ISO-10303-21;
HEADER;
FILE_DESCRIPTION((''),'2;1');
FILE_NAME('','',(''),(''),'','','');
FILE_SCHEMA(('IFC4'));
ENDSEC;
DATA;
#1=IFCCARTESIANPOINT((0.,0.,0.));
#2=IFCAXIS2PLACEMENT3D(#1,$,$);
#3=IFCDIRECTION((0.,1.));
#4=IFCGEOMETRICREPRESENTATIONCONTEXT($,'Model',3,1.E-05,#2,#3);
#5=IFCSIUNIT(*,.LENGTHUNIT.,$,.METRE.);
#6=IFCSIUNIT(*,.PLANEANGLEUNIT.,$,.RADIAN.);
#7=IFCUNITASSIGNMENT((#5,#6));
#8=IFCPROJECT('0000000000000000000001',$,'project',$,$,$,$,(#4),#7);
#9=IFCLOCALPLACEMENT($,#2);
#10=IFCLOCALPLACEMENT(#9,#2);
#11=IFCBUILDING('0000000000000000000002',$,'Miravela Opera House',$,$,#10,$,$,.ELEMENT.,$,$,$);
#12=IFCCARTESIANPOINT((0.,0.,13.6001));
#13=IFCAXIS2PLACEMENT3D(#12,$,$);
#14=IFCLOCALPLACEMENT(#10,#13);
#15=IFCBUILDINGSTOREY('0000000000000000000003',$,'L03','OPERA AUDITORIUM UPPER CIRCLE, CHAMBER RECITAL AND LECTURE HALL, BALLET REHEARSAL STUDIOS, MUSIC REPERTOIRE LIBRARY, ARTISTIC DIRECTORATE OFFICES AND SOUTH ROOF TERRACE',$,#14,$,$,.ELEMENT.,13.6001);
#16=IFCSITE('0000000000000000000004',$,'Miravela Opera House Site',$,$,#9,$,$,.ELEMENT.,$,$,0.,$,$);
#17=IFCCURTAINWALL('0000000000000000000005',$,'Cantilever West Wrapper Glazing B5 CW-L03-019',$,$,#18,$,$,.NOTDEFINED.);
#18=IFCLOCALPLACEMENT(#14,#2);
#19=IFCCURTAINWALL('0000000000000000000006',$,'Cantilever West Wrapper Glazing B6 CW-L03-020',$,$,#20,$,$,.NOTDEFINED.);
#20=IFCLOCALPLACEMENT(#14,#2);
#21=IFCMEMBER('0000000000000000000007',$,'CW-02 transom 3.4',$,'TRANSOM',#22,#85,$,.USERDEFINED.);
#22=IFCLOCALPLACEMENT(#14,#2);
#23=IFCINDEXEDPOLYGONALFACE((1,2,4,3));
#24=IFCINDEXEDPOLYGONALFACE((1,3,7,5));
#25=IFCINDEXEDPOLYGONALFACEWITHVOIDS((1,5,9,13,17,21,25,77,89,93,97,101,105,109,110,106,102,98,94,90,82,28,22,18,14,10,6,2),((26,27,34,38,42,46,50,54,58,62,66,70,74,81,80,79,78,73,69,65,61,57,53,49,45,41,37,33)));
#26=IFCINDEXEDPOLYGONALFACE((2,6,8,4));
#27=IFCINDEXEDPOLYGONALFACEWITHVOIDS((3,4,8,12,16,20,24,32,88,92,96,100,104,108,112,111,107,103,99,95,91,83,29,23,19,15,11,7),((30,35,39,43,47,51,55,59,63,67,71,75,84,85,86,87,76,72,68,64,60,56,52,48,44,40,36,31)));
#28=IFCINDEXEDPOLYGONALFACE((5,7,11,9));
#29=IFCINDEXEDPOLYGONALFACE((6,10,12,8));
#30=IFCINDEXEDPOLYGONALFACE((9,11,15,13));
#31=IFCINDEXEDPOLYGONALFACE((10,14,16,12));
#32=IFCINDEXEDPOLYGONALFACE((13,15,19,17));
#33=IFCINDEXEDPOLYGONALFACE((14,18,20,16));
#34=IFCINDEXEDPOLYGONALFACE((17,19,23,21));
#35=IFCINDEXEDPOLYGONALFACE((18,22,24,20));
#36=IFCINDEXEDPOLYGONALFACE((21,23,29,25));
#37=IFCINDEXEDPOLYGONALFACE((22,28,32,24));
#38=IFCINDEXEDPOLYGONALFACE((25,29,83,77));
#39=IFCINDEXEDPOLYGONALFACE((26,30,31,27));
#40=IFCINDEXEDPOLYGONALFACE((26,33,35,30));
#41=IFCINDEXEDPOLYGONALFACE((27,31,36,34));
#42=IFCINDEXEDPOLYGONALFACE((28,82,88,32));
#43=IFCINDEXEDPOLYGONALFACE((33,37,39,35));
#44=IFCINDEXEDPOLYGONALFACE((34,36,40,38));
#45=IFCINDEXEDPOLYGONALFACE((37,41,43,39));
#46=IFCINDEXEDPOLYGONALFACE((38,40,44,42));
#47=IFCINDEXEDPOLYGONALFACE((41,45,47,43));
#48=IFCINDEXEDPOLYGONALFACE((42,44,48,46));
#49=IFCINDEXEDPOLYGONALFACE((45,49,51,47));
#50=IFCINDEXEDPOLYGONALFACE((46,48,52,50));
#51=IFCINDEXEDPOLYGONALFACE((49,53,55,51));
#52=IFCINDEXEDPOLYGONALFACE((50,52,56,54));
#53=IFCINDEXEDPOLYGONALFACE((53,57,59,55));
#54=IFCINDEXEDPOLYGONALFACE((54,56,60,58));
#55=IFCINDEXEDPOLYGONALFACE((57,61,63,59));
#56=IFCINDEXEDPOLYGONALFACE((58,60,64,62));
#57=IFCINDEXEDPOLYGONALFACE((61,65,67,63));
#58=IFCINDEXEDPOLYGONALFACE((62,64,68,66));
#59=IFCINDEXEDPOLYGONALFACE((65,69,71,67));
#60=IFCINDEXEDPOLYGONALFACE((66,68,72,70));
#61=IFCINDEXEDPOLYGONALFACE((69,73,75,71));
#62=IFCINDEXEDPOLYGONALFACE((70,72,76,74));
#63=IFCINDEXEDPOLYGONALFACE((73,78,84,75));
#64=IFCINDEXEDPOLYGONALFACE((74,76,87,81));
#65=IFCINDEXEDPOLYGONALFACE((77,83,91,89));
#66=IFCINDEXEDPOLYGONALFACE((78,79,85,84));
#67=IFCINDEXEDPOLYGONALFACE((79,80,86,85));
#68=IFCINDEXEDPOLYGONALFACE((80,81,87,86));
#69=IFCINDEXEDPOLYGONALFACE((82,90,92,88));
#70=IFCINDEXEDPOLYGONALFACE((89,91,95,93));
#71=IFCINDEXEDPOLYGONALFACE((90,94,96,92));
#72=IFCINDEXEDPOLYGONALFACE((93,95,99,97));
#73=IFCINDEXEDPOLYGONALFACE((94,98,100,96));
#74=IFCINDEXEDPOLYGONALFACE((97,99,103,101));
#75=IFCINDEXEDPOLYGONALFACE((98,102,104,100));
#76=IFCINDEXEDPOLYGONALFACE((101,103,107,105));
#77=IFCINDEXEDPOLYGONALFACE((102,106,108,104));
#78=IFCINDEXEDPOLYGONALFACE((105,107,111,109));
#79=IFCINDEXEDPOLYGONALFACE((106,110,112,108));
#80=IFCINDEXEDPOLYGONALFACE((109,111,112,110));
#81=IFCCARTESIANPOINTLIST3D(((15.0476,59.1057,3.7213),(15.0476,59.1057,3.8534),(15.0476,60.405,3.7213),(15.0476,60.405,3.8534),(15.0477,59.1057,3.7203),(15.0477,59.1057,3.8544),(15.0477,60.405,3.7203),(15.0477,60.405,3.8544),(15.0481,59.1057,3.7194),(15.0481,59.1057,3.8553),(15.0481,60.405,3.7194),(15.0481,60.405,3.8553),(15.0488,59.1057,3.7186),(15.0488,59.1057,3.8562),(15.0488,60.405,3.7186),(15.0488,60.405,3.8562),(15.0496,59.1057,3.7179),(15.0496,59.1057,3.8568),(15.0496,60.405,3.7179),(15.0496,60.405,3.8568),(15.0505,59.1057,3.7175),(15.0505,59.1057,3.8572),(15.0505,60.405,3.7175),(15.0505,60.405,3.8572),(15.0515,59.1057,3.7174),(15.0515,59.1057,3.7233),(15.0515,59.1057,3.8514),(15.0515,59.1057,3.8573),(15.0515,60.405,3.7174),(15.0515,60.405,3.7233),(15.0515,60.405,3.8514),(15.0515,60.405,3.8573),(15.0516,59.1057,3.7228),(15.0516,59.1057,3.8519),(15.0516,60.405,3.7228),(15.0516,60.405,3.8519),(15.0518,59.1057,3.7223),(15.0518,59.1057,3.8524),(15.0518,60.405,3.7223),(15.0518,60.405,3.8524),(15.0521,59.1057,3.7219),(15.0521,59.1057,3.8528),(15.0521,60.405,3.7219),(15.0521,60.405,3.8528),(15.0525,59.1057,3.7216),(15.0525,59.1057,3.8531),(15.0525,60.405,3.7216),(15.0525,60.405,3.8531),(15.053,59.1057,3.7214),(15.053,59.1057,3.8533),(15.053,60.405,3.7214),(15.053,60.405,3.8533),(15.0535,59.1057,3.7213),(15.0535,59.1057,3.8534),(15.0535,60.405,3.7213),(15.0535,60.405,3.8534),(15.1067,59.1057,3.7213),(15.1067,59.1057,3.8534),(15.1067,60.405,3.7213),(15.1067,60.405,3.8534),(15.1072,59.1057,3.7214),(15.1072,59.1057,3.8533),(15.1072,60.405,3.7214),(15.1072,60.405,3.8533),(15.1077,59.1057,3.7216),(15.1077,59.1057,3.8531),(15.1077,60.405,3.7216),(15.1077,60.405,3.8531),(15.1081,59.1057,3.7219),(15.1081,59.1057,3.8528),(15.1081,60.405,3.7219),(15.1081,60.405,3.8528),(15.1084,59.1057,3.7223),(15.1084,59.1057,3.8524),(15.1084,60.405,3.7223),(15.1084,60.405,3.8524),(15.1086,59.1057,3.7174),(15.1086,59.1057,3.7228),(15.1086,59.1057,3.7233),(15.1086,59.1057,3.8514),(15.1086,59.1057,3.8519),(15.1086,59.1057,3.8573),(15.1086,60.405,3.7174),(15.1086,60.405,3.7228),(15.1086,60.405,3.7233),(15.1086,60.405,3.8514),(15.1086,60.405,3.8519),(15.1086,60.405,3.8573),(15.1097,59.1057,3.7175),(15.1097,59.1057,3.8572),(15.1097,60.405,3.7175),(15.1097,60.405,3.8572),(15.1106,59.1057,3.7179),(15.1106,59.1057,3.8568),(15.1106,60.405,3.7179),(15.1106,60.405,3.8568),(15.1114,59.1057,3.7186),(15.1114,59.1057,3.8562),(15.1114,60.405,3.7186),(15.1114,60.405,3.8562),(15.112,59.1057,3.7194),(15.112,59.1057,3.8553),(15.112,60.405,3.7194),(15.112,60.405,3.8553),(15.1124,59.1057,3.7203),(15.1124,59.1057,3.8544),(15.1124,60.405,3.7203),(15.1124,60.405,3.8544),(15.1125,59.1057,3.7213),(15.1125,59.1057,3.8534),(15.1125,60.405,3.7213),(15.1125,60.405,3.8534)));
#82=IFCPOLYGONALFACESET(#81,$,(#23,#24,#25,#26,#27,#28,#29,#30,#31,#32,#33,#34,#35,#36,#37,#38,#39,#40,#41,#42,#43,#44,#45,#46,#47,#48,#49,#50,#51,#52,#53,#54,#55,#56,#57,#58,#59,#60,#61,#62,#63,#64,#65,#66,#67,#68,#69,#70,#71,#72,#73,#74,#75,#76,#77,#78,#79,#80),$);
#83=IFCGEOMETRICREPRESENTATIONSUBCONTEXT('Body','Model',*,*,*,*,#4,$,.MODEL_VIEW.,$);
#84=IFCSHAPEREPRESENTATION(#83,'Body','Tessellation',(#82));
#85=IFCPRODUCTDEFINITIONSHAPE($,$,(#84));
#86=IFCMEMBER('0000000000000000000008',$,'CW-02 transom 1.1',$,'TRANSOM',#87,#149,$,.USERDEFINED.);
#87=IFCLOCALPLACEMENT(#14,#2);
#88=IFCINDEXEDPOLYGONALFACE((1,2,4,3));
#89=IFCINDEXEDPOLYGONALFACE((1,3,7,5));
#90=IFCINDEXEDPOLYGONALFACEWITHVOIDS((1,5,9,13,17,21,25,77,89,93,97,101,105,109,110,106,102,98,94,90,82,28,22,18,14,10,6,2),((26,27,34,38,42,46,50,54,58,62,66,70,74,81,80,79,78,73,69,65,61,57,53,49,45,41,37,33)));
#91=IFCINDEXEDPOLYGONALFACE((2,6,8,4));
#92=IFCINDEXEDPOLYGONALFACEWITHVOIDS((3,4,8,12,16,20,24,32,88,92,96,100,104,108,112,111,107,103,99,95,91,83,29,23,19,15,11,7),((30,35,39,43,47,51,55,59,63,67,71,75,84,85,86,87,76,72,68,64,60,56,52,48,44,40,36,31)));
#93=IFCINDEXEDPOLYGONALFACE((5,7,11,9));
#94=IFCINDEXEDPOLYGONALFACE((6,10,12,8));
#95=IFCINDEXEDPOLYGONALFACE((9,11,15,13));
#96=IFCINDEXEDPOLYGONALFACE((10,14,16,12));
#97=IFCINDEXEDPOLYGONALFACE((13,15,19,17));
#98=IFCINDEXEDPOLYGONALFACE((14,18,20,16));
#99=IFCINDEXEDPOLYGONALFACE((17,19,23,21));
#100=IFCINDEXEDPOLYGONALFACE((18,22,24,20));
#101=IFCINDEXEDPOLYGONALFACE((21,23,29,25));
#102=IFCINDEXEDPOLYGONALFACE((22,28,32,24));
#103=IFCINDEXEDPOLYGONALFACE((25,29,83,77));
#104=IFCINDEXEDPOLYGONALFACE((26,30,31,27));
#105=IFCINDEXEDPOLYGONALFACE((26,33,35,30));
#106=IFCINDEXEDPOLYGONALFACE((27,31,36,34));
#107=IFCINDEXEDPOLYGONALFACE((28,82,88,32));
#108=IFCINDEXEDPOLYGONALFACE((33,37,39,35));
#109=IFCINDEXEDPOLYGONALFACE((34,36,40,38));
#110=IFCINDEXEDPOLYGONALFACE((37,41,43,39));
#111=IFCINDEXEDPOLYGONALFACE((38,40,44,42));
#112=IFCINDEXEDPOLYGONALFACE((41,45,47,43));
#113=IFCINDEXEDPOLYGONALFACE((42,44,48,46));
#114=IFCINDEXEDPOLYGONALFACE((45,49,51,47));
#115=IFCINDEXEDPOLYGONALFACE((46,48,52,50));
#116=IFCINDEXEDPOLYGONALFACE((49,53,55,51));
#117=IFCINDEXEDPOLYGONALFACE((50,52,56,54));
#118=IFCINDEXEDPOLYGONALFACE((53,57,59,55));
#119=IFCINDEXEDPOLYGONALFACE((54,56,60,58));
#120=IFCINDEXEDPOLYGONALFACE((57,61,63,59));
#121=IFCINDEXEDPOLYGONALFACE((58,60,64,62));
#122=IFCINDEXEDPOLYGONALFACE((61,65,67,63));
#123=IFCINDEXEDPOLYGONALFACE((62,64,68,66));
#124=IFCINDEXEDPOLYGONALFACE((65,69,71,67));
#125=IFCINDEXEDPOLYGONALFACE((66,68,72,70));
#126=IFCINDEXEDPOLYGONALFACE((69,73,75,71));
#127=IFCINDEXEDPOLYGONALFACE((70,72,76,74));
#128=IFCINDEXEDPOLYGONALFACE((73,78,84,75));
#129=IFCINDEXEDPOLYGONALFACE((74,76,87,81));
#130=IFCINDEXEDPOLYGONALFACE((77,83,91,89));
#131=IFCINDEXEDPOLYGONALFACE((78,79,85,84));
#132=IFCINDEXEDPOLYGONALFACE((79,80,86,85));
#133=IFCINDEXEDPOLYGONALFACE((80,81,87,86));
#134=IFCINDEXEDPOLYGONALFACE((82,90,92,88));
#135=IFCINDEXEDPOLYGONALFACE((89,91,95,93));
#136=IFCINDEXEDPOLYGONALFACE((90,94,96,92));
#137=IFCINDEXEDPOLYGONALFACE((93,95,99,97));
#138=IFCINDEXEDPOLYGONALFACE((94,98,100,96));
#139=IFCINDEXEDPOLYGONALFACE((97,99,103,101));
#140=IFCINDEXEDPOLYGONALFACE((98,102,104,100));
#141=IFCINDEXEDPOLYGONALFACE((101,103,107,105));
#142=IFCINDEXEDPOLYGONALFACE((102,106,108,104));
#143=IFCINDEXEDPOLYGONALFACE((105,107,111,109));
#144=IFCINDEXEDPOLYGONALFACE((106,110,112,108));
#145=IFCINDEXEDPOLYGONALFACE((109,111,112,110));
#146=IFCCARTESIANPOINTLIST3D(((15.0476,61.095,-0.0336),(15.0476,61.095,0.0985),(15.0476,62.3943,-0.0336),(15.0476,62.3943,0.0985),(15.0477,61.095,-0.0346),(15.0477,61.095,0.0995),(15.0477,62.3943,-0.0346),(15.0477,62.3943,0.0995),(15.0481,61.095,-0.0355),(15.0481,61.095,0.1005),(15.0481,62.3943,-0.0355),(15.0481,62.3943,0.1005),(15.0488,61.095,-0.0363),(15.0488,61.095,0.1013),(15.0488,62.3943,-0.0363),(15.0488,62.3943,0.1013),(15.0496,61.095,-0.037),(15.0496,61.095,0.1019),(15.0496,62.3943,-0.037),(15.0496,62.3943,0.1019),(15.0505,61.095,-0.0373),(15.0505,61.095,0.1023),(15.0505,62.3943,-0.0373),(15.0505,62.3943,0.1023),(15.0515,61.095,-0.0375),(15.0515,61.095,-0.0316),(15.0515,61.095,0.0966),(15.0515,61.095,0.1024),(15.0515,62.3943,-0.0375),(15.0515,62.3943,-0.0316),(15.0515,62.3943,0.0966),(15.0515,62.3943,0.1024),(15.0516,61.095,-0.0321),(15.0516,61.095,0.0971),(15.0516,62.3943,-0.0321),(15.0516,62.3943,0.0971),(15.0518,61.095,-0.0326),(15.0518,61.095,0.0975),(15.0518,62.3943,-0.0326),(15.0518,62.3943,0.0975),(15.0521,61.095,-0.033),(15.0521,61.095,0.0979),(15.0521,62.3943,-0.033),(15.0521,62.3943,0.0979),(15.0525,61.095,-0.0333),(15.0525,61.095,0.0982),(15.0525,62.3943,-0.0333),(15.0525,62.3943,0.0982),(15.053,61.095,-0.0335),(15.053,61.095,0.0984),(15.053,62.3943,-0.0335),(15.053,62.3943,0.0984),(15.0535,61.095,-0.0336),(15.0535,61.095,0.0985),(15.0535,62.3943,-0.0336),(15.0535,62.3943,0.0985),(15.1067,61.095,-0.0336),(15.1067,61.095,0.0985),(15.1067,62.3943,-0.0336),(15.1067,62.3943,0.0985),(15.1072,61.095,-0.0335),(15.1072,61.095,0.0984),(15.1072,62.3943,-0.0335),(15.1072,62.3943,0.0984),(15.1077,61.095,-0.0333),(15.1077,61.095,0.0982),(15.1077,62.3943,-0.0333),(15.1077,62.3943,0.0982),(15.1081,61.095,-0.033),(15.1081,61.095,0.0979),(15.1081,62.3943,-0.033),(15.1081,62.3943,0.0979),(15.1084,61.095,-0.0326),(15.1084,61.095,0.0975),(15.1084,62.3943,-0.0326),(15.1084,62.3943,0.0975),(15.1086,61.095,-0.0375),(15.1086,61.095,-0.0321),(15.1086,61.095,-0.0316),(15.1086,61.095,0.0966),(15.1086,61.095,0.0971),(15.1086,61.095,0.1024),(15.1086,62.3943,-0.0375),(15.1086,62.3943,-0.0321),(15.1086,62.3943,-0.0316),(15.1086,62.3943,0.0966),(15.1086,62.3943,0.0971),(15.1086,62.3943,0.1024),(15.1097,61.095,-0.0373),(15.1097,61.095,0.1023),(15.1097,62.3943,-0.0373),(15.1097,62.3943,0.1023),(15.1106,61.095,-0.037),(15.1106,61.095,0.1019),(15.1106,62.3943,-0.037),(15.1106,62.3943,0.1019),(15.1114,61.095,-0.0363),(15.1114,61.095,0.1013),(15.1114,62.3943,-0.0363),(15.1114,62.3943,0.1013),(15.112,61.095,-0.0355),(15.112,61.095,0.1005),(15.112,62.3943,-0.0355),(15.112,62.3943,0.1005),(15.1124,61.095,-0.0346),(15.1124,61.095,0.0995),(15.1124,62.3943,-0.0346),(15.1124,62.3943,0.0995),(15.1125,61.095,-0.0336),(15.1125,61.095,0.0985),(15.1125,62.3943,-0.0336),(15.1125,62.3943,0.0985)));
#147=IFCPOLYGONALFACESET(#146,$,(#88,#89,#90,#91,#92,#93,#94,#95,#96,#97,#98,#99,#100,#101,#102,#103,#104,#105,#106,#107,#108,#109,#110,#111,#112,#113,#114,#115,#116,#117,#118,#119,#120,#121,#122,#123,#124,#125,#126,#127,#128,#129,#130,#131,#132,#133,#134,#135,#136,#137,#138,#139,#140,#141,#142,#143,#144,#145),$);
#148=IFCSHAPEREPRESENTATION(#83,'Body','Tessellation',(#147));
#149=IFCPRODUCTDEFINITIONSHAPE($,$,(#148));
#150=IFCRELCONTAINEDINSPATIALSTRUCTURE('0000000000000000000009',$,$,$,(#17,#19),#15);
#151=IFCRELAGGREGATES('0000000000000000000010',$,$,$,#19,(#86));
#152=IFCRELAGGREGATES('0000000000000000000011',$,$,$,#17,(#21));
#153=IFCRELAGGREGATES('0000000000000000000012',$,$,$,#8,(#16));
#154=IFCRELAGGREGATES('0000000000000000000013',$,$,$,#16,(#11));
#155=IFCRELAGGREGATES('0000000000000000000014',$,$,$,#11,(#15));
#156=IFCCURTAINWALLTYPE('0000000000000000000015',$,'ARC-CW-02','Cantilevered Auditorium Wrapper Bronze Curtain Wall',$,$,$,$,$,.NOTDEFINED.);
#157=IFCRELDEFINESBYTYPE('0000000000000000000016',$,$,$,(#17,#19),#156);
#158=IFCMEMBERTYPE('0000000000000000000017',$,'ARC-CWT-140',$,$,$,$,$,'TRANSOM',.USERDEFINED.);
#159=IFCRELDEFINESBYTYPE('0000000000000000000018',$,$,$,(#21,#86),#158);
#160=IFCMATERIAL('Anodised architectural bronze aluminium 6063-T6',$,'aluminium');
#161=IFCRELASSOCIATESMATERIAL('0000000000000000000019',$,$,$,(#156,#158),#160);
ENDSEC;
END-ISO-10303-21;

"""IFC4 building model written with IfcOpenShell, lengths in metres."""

from ifc_helpers import new_model, si_unit, direction, frame, origin, origin_2d, place, context, subcontext, project, spatial, hollow_rectangle, extrude, material, material_profile, profile_set, type_object, element, aggregate, save


model = new_model("IFC4")

# Units and contexts
model_context = context("Model", 3, precision=1e-05, world=origin(), true_north=direction((0.0, 1.0)))
body_context = subcontext(model_context, "Body", "Model", "MODEL_VIEW")
ifc_project = project(units=[si_unit("LENGTHUNIT", "METRE"), si_unit("PLANEANGLEUNIT", "RADIAN")], contexts=[model_context])

# Site, building, storey
site_placement = place(None, origin())
site = spatial("IfcSite", under=ifc_project, at=site_placement, Name="Miravela Opera House Site", CompositionType="ELEMENT", RefElevation=0.0)
building_placement = place(site_placement, origin())
building = spatial("IfcBuilding", under=site, at=building_placement, Name="Miravela Opera House", CompositionType="ELEMENT")
storey_placement = place(building_placement, frame((0.0, 0.0, 13.6001)))
storey = spatial("IfcBuildingStorey", under=building, at=storey_placement, Name="L03", Description="OPERA AUDITORIUM UPPER CIRCLE, CHAMBER RECITAL AND LECTURE HALL, BALLET REHEARSAL STUDIOS, MUSIC REPERTOIRE LIBRARY, ARTISTIC DIRECTORATE OFFICES AND SOUTH ROOF TERRACE", CompositionType="ELEMENT", Elevation=13.6001)

# Curtain wall
ifc_material_1 = material(Name="Anodised architectural bronze aluminium 6063-T6", Category="aluminium")
curtain_wall_type = type_object("IfcCurtainWallType", Name="ARC-CW-02", Description="Cantilevered Auditorium Wrapper Bronze Curtain Wall", PredefinedType="NOTDEFINED", material=ifc_material_1)
curtain_wall_1_placement = place(storey_placement, origin())
curtain_wall_1 = element("IfcCurtainWall", 1, at=curtain_wall_1_placement, inside=storey, type_object=curtain_wall_type, Name="Cantilever West Wrapper Glazing B5 CW-L03-019", PredefinedType="NOTDEFINED")

# Curtain wall
curtain_wall_2_placement = place(storey_placement, origin())
curtain_wall_2 = element("IfcCurtainWall", 2, at=curtain_wall_2_placement, inside=storey, type_object=curtain_wall_type, Name="Cantilever West Wrapper Glazing B6 CW-L03-020", PredefinedType="NOTDEFINED")

# Members
ifc_material_profile_1 = material_profile(ifc_material_1, hollow_rectangle(XDim=0.0649, YDim=0.1399, WallThickness=0.0039, InnerFilletRadius=0.002, OuterFilletRadius=0.0039, at=origin_2d()), Name="CWT-65X140")
ifc_profile_set_1 = profile_set([ifc_material_profile_1])
member_type_1 = type_object("IfcMemberType", Name="ARC-CWT-140", ElementType="TRANSOM", PredefinedType="USERDEFINED", material=ifc_profile_set_1)
member_1_placement = place(storey_placement, frame((15.0801, 59.1057, 3.7874), z_axis=(0.0, 1.0, 0.0), x_axis=(-1.0, 0.0, 0.0)))
member_1 = element("IfcMember", 3, at=member_1_placement, type_object=member_type_1, Name="CW-02 transom 3.4", ObjectType="TRANSOM", PredefinedType="USERDEFINED", context=body_context, shape_type="SweptSolid", body=[
    extrude(hollow_rectangle(XDim=0.0649, YDim=0.1399, WallThickness=0.0039, InnerFilletRadius=0.002, OuterFilletRadius=0.0039, at=origin_2d()), origin(), (0.0, 0.0, 1.0), 1.2993),
])
member_2_placement = place(storey_placement, frame((15.0801, 61.095, 0.0325), z_axis=(0.0, 1.0, 0.0), x_axis=(-1.0, 0.0, 0.0)))
member_2 = element("IfcMember", 4, at=member_2_placement, type_object=member_type_1, Name="CW-02 transom 1.1", ObjectType="TRANSOM", PredefinedType="USERDEFINED", context=body_context, shape_type="SweptSolid", body=[
    extrude(hollow_rectangle(XDim=0.0649, YDim=0.1399, WallThickness=0.0039, InnerFilletRadius=0.002, OuterFilletRadius=0.0039, at=origin_2d()), origin(), (0.0, 0.0, 1.0), 1.2993),
])
aggregate(curtain_wall_2, [member_2])

aggregate(curtain_wall_1, [member_1])

save(model, "model.ifc")
